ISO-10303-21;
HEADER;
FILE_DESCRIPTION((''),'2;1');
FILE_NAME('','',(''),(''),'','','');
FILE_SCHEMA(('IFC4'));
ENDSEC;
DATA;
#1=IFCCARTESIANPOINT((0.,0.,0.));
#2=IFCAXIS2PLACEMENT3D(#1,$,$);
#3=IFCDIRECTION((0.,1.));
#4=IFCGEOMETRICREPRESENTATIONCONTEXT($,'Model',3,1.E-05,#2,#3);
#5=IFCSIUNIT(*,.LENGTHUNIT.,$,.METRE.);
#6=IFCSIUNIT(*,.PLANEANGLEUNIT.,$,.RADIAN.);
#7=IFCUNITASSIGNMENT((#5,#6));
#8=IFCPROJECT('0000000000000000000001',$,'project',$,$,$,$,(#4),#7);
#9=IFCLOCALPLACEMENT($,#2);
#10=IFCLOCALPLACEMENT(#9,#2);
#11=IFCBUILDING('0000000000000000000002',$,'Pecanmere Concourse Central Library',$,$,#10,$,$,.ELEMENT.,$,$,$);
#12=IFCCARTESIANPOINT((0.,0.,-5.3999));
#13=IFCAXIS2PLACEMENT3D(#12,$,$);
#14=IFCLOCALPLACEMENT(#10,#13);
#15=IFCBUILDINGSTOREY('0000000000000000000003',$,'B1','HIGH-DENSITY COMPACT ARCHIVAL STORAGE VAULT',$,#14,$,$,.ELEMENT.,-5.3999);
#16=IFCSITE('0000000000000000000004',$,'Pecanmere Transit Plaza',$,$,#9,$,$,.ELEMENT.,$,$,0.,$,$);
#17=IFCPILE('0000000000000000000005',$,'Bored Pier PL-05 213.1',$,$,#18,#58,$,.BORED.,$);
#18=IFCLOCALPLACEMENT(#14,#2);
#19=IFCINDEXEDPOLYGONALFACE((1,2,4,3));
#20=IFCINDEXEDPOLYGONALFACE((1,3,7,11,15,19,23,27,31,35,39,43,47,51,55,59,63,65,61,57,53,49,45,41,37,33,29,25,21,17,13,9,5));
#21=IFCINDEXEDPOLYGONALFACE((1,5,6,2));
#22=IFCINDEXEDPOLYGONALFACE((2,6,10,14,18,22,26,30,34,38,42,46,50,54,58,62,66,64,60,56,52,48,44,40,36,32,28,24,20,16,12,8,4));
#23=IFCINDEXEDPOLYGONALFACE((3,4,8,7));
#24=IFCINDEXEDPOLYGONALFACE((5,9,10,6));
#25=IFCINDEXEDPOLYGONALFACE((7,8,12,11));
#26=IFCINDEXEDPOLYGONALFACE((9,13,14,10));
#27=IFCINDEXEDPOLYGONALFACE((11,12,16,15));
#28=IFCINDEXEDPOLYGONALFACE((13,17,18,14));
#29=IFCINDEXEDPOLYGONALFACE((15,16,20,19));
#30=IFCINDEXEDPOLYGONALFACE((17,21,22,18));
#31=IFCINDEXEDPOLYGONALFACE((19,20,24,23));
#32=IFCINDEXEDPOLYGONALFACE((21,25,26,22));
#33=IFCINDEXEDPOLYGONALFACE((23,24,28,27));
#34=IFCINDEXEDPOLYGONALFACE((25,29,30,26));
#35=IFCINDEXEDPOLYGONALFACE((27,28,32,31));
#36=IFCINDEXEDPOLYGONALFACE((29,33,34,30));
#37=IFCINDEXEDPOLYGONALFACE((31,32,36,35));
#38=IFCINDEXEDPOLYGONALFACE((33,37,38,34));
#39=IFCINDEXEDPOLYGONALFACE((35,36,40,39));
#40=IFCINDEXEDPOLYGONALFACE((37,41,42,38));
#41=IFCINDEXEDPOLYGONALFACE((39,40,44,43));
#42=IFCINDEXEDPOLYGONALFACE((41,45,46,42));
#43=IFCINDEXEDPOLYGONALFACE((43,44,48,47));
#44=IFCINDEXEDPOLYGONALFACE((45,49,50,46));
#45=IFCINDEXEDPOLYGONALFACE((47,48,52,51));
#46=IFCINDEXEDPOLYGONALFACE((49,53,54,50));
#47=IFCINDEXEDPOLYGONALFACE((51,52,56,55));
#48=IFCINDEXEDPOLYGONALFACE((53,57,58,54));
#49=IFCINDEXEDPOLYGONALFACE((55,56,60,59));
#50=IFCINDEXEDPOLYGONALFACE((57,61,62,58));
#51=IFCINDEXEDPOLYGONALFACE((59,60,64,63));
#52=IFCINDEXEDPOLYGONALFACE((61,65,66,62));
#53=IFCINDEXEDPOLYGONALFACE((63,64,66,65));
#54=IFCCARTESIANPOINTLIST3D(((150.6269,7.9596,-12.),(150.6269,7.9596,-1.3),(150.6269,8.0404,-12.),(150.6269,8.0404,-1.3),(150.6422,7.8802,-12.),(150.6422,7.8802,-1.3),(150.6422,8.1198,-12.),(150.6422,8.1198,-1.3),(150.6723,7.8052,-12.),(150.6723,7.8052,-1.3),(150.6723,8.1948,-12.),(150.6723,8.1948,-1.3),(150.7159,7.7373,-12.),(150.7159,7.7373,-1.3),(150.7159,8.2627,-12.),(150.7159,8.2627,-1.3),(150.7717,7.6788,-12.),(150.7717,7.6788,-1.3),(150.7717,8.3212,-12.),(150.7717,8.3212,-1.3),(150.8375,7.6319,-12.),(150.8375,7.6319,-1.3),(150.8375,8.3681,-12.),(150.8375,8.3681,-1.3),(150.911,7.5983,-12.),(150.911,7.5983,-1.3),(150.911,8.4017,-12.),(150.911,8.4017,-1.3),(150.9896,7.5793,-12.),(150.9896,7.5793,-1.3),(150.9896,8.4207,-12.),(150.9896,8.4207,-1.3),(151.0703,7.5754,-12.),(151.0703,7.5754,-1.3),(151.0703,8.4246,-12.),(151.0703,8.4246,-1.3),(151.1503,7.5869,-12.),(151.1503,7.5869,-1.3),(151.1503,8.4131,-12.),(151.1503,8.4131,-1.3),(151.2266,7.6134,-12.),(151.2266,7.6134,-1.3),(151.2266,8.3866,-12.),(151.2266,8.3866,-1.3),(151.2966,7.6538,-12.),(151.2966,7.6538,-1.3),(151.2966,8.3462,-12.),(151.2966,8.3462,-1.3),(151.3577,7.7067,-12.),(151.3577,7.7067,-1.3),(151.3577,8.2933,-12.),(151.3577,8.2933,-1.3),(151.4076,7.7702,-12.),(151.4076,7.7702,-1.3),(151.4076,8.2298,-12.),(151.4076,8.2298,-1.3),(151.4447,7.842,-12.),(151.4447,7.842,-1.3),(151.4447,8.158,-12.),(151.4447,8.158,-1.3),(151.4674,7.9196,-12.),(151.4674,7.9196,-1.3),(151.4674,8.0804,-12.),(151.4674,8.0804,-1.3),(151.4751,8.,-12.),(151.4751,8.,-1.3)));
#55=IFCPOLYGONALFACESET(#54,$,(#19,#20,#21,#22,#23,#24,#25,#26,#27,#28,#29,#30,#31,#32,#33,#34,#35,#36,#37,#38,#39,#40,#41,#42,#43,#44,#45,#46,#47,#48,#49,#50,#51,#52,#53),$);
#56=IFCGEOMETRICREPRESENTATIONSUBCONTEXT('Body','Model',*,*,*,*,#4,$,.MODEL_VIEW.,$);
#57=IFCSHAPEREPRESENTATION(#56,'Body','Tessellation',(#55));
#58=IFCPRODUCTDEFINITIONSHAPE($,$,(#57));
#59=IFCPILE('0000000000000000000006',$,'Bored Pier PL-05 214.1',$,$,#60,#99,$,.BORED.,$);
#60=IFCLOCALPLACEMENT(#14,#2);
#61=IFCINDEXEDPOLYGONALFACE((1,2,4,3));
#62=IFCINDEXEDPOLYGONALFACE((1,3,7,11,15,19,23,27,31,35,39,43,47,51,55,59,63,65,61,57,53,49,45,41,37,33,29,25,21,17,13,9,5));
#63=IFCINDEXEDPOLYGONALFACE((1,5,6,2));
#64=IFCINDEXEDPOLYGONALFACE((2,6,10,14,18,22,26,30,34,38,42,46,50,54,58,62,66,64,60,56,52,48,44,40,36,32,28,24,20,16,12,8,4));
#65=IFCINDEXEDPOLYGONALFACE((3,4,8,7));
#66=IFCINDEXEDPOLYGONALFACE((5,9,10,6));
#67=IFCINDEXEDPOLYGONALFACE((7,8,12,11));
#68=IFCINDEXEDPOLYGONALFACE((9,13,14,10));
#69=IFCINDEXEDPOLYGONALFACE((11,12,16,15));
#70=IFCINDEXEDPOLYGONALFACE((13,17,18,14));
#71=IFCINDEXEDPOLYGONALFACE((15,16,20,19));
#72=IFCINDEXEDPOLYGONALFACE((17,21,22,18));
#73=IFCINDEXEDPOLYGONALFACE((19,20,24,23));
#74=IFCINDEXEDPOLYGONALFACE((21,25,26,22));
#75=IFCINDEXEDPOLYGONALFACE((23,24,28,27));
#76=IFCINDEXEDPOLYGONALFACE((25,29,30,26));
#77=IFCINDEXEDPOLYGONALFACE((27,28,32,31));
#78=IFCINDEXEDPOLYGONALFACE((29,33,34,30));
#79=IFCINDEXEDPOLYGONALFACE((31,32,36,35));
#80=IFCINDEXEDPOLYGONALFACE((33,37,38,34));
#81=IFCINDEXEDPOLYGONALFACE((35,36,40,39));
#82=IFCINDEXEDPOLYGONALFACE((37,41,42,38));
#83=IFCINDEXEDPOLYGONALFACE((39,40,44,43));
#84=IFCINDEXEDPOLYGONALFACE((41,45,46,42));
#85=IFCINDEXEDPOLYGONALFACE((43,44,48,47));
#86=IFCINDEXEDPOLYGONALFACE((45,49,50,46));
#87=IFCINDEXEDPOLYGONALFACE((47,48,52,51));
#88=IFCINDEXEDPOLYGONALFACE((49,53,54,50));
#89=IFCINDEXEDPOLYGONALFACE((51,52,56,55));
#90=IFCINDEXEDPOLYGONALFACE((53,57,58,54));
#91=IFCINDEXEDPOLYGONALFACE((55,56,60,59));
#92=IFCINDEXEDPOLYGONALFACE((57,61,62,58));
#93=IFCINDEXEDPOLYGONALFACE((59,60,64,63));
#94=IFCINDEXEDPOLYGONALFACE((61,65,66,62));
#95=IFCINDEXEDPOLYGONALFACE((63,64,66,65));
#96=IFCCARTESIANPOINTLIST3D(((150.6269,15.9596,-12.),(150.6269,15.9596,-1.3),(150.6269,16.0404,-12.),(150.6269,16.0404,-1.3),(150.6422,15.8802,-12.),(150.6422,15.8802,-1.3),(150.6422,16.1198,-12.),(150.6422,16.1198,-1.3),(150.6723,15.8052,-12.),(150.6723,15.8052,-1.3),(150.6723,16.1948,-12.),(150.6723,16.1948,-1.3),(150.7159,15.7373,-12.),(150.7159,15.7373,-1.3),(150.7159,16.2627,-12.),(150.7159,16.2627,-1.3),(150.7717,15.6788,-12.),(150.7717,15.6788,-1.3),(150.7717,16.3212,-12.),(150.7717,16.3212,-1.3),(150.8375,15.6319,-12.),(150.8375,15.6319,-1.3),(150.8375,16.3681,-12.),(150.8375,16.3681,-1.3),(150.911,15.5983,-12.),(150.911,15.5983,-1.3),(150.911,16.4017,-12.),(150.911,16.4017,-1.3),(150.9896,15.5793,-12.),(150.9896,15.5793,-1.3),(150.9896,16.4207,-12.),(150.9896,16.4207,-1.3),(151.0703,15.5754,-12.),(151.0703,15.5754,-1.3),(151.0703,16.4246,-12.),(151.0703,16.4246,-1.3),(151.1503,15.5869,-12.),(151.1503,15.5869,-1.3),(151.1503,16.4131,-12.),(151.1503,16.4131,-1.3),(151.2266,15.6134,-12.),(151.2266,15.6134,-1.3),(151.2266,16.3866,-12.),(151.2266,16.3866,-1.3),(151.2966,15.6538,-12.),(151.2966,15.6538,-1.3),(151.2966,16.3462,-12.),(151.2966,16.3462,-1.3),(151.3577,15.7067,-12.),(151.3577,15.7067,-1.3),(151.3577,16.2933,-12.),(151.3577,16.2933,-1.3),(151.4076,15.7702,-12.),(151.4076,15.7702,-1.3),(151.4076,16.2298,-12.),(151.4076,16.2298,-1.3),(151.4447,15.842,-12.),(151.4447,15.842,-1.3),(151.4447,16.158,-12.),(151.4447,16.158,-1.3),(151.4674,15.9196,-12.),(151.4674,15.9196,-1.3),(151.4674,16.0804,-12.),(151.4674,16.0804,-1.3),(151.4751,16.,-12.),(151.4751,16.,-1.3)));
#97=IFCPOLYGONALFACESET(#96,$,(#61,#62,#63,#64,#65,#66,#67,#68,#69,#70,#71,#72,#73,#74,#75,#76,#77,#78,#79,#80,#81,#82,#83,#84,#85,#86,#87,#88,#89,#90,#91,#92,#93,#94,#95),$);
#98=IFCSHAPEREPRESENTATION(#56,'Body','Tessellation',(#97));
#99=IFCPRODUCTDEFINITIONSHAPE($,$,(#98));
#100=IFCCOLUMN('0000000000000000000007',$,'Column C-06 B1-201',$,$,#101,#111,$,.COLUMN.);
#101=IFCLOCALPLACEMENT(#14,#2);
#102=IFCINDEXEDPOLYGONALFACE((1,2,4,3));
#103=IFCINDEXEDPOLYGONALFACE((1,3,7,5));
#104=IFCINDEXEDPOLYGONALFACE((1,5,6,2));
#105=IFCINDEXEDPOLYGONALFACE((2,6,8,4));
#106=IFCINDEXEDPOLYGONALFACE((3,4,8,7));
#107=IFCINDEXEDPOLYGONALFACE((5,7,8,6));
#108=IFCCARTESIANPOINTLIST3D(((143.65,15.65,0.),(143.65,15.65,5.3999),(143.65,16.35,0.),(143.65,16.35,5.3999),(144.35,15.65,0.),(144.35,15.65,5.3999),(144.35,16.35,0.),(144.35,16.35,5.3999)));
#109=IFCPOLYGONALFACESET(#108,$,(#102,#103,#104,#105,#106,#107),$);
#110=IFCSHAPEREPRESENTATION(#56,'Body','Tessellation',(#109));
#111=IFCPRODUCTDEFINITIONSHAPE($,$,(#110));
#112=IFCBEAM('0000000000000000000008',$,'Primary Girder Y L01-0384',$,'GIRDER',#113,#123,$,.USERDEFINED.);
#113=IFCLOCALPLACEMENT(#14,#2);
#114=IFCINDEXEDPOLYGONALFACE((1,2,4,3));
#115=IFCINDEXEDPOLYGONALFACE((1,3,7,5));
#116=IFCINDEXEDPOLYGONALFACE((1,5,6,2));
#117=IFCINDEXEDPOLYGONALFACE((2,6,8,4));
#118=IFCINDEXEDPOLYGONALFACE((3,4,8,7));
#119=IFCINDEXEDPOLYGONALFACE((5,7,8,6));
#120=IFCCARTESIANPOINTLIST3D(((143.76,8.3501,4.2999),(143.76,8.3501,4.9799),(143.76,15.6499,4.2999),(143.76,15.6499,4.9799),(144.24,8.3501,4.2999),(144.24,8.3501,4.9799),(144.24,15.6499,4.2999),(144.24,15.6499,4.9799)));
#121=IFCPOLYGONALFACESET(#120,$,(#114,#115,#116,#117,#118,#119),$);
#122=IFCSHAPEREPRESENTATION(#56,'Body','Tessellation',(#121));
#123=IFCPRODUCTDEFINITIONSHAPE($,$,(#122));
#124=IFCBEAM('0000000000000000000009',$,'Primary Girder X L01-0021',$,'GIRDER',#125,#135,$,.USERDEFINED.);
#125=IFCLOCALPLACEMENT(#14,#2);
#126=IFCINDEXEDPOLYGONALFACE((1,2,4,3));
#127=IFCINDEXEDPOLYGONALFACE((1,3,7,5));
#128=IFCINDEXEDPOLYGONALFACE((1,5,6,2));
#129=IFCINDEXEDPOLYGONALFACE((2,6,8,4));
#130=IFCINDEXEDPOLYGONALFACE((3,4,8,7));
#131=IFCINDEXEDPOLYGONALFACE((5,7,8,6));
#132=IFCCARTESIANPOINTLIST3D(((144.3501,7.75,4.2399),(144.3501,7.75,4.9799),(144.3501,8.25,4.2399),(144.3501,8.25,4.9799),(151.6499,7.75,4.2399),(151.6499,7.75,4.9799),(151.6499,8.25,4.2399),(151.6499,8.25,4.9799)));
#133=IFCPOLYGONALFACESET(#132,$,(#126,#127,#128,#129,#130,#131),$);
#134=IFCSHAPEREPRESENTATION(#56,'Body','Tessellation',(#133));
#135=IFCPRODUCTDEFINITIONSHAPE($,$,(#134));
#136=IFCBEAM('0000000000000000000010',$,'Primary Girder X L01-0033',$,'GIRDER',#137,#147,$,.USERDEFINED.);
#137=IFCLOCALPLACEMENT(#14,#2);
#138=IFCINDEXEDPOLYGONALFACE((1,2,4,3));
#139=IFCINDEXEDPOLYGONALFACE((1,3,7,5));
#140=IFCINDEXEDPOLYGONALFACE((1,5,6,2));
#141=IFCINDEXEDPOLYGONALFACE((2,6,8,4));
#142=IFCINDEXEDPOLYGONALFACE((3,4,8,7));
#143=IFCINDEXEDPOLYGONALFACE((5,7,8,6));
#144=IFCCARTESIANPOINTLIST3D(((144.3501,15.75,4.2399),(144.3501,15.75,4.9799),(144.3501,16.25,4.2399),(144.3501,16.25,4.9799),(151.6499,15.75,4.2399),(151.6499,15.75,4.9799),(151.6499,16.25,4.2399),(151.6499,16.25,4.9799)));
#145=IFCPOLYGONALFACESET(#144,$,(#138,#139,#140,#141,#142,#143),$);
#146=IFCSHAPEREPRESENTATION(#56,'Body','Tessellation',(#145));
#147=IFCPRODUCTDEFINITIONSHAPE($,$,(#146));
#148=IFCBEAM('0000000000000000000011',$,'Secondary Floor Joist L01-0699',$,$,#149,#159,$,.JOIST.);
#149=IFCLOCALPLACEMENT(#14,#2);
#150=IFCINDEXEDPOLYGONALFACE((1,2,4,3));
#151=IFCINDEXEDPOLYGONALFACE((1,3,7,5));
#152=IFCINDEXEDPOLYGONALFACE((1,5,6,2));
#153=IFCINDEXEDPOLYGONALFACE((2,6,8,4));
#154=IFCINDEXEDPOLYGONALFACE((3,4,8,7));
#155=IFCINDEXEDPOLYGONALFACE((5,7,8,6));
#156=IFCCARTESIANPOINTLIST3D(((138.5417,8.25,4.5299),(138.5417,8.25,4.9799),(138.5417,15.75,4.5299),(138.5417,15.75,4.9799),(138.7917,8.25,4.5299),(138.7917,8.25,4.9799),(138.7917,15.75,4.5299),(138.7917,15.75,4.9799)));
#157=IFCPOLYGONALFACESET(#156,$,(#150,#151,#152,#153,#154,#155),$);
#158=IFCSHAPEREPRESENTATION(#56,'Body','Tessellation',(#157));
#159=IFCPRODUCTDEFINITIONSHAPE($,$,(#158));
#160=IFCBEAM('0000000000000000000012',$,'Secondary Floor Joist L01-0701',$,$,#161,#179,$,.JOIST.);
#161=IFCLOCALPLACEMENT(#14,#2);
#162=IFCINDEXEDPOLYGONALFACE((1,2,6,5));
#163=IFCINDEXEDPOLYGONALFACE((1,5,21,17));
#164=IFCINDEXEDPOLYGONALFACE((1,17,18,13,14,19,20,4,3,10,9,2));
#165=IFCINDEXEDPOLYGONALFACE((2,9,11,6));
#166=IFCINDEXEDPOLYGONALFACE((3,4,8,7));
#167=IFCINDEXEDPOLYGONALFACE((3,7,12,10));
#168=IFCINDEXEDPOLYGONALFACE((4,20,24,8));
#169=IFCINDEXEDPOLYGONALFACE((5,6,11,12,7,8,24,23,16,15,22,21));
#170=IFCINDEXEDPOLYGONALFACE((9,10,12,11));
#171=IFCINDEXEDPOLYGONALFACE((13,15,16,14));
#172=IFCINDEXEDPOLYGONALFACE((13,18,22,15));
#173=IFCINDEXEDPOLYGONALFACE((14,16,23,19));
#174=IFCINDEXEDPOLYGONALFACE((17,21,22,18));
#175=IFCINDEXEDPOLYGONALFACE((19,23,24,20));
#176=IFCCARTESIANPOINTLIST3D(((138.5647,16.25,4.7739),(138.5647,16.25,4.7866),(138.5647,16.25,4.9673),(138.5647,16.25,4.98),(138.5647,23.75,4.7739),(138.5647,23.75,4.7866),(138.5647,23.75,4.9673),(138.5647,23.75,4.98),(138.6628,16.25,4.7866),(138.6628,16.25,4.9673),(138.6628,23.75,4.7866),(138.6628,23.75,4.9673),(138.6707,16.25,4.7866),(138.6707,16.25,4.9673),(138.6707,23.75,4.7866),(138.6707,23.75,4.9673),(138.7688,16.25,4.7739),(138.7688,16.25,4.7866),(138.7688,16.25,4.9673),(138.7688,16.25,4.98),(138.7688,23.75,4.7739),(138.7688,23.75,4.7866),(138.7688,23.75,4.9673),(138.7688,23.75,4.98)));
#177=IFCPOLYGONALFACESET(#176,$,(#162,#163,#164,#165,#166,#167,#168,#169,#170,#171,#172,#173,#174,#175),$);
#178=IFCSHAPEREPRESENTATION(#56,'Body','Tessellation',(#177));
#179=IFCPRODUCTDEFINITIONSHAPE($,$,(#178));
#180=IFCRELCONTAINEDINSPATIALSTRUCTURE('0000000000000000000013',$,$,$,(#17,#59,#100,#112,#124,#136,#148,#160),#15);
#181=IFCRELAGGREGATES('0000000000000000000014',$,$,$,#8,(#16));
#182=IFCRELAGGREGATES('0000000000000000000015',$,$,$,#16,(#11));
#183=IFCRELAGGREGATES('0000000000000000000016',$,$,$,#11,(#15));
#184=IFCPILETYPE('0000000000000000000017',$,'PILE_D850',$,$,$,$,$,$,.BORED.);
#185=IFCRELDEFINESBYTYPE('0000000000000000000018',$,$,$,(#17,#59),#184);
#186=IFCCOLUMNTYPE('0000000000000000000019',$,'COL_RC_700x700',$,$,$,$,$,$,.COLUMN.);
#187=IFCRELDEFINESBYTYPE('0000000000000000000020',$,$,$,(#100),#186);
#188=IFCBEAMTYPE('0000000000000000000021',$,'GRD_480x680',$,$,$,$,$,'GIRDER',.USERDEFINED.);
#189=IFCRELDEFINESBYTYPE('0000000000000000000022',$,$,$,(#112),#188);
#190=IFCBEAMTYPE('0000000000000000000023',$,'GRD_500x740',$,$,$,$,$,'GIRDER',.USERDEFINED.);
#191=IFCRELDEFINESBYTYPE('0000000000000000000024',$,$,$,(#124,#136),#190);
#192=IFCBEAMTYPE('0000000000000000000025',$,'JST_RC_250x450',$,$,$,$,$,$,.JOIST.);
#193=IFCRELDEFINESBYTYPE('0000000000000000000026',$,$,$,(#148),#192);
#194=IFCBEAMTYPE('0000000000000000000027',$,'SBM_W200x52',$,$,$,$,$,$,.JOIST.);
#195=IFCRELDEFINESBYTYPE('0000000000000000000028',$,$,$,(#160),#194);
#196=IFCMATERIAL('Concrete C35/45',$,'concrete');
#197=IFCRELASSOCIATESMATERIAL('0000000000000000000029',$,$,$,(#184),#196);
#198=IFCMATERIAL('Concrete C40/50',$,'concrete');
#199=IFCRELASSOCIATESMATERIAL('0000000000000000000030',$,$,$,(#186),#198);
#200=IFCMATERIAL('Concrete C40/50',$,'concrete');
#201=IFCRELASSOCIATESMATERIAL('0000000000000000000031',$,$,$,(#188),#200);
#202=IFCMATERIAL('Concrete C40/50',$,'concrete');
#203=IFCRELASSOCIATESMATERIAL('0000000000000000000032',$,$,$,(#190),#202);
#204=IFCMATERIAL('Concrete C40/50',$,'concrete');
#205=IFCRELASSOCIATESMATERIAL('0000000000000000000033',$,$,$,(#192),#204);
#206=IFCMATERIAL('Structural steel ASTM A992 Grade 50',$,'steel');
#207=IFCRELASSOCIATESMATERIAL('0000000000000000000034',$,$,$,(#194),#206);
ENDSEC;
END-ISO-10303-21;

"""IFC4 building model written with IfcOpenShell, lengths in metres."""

from ifc_helpers import new_model, si_unit, direction, frame, origin, origin_2d, place, context, subcontext, project, spatial, rectangle, circle, i_section, extrude, material, material_profile, profile_set, type_object, element, save


model = new_model("IFC4")

# Units and contexts
model_context = context("Model", 3, precision=1e-05, world=origin(), true_north=direction((0.0, 1.0)))
body_context = subcontext(model_context, "Body", "Model", "MODEL_VIEW")
ifc_project = project(units=[si_unit("LENGTHUNIT", "METRE"), si_unit("PLANEANGLEUNIT", "RADIAN")], contexts=[model_context])

# Site, building, storey
site_placement = place(None, origin())
site = spatial("IfcSite", under=ifc_project, at=site_placement, Name="Pecanmere Transit Plaza", CompositionType="ELEMENT", RefElevation=0.0)
building_placement = place(site_placement, origin())
building = spatial("IfcBuilding", under=site, at=building_placement, Name="Pecanmere Concourse Central Library", CompositionType="ELEMENT")
storey_placement = place(building_placement, frame((0.0, 0.0, -5.3999)))
storey = spatial("IfcBuildingStorey", under=building, at=storey_placement, Name="B1", Description="HIGH-DENSITY COMPACT ARCHIVAL STORAGE VAULT", CompositionType="ELEMENT", Elevation=-5.3999)

# Piles
ifc_material_1 = material(Name="Concrete C35/45", Category="concrete")
ifc_material_profile_1 = material_profile(ifc_material_1, circle(Radius=0.425, at=origin_2d()), Name="PIER D850")
ifc_profile_set_1 = profile_set([ifc_material_profile_1], Name="Concrete C35/45")
pile_type = type_object("IfcPileType", Name="PILE_D850", PredefinedType="BORED", material=ifc_profile_set_1)
for number, where, z_axis, x_axis, name in (
    (1, (151.05, 8.0, -1.3), (0.0, 0.0, -1.0), (1.0, 0.0, 0.0), "Bored Pier PL-05 213.1"),
    (2, (151.05, 16.0, -1.3), (0.0, 0.0, -1.0), (1.0, 0.0, 0.0), "Bored Pier PL-05 214.1"),
):
    element("IfcPile", number, at=place(storey_placement, frame(where, z_axis=z_axis, x_axis=x_axis)), inside=storey, type_object=pile_type, Name=name, PredefinedType="BORED", context=body_context, shape_type="SweptSolid", body=[
        extrude(circle(Radius=0.425, at=origin_2d()), origin(), (0.0, 0.0, 1.0), 10.7),
    ])

# Column
ifc_material_2 = material(Name="Concrete C40/50", Category="concrete")
ifc_material_profile_2 = material_profile(ifc_material_2, rectangle(XDim=0.7, YDim=0.7, at=origin_2d()), Name="RC 700x700")
ifc_profile_set_2 = profile_set([ifc_material_profile_2], Name="Concrete C40/50")
column_type = type_object("IfcColumnType", Name="COL_RC_700x700", PredefinedType="COLUMN", material=ifc_profile_set_2)
column_placement = place(storey_placement, frame((144.0, 16.0, 0.0), z_axis=(0.0, 0.0, 1.0), x_axis=(1.0, 0.0, 0.0)))
element("IfcColumn", 3, at=column_placement, inside=storey, type_object=column_type, Name="Column C-06 B1-201", PredefinedType="COLUMN", context=body_context, shape_type="SweptSolid", body=[
    extrude(rectangle(XDim=0.7, YDim=0.7, at=origin_2d()), origin(), (0.0, 0.0, 1.0), 5.3999),
])

# Beams
ifc_material_3 = material(Name="Concrete C40/50", Category="concrete")
ifc_material_profile_3 = material_profile(ifc_material_3, rectangle(XDim=0.48, YDim=0.6799, at=origin_2d()), Name="RC 480x680")
ifc_profile_set_3 = profile_set([ifc_material_profile_3], Name="Concrete C40/50")
beam_type_1 = type_object("IfcBeamType", Name="GRD_480x680", ElementType="GIRDER", PredefinedType="USERDEFINED", material=ifc_profile_set_3)
beam_1_placement = place(storey_placement, frame((144.0, 8.3501, 4.6399), z_axis=(0.0, 1.0, 0.0), x_axis=(-1.0, 0.0, 0.0)))
element("IfcBeam", 4, at=beam_1_placement, inside=storey, type_object=beam_type_1, Name="Primary Girder Y L01-0384", ObjectType="GIRDER", PredefinedType="USERDEFINED", context=body_context, shape_type="SweptSolid", body=[
    extrude(rectangle(XDim=0.48, YDim=0.6799, at=origin_2d()), origin(), (0.0, 0.0, 1.0), 7.2998),
])
ifc_material_4 = material(Name="Concrete C40/50", Category="concrete")
ifc_material_profile_4 = material_profile(ifc_material_4, rectangle(XDim=0.5, YDim=0.74, at=origin_2d()), Name="RC 500x740")
ifc_profile_set_4 = profile_set([ifc_material_profile_4], Name="Concrete C40/50")
beam_type_2 = type_object("IfcBeamType", Name="GRD_500x740", ElementType="GIRDER", PredefinedType="USERDEFINED", material=ifc_profile_set_4)
for number, where, z_axis, x_axis, name in (
    (5, (144.3501, 8.0, 4.6099), (1.0, 0.0, 0.0), (0.0, 1.0, 0.0), "Primary Girder X L01-0021"),
    (6, (144.3501, 16.0, 4.6099), (1.0, 0.0, 0.0), (0.0, 1.0, 0.0), "Primary Girder X L01-0033"),
):
    element("IfcBeam", number, at=place(storey_placement, frame(where, z_axis=z_axis, x_axis=x_axis)), inside=storey, type_object=beam_type_2, Name=name, ObjectType="GIRDER", PredefinedType="USERDEFINED", context=body_context, shape_type="SweptSolid", body=[
        extrude(rectangle(XDim=0.5, YDim=0.74, at=origin_2d()), origin(), (0.0, 0.0, 1.0), 7.2998),
    ])
ifc_material_5 = material(Name="Concrete C40/50", Category="concrete")
ifc_material_profile_5 = material_profile(ifc_material_5, rectangle(XDim=0.25, YDim=0.45, at=origin_2d()), Name="RC 250x450")
ifc_profile_set_5 = profile_set([ifc_material_profile_5], Name="Concrete C40/50")
beam_type_3 = type_object("IfcBeamType", Name="JST_RC_250x450", PredefinedType="JOIST", material=ifc_profile_set_5)
beam_2_placement = place(storey_placement, frame((138.6667, 8.25, 4.7549), z_axis=(0.0, 1.0, 0.0), x_axis=(-1.0, 0.0, 0.0)))
element("IfcBeam", 7, at=beam_2_placement, inside=storey, type_object=beam_type_3, Name="Secondary Floor Joist L01-0699", PredefinedType="JOIST", context=body_context, shape_type="SweptSolid", body=[
    extrude(rectangle(XDim=0.25, YDim=0.45, at=origin_2d()), origin(), (0.0, 0.0, 1.0), 7.5),
])
ifc_material_6 = material(Name="Structural steel ASTM A992 Grade 50", Category="steel")
ifc_material_profile_6 = material_profile(ifc_material_6, i_section(OverallWidth=0.2041, OverallDepth=0.2061, WebThickness=0.0078, FlangeThickness=0.0127, at=origin_2d()), Name="W200x52")
ifc_profile_set_6 = profile_set([ifc_material_profile_6], Name="Structural steel ASTM A992 Grade 50")
beam_type_4 = type_object("IfcBeamType", Name="SBM_W200x52", PredefinedType="JOIST", material=ifc_profile_set_6)
beam_3_placement = place(storey_placement, frame((138.6667, 16.25, 4.877), z_axis=(0.0, 1.0, 0.0), x_axis=(-1.0, 0.0, 0.0)))
element("IfcBeam", 8, at=beam_3_placement, inside=storey, type_object=beam_type_4, Name="Secondary Floor Joist L01-0701", PredefinedType="JOIST", context=body_context, shape_type="SweptSolid", body=[
    extrude(i_section(OverallWidth=0.2041, OverallDepth=0.2061, WebThickness=0.0078, FlangeThickness=0.0127, at=origin_2d()), origin(), (0.0, 0.0, 1.0), 7.5),
])

save(model, "model.ifc")
